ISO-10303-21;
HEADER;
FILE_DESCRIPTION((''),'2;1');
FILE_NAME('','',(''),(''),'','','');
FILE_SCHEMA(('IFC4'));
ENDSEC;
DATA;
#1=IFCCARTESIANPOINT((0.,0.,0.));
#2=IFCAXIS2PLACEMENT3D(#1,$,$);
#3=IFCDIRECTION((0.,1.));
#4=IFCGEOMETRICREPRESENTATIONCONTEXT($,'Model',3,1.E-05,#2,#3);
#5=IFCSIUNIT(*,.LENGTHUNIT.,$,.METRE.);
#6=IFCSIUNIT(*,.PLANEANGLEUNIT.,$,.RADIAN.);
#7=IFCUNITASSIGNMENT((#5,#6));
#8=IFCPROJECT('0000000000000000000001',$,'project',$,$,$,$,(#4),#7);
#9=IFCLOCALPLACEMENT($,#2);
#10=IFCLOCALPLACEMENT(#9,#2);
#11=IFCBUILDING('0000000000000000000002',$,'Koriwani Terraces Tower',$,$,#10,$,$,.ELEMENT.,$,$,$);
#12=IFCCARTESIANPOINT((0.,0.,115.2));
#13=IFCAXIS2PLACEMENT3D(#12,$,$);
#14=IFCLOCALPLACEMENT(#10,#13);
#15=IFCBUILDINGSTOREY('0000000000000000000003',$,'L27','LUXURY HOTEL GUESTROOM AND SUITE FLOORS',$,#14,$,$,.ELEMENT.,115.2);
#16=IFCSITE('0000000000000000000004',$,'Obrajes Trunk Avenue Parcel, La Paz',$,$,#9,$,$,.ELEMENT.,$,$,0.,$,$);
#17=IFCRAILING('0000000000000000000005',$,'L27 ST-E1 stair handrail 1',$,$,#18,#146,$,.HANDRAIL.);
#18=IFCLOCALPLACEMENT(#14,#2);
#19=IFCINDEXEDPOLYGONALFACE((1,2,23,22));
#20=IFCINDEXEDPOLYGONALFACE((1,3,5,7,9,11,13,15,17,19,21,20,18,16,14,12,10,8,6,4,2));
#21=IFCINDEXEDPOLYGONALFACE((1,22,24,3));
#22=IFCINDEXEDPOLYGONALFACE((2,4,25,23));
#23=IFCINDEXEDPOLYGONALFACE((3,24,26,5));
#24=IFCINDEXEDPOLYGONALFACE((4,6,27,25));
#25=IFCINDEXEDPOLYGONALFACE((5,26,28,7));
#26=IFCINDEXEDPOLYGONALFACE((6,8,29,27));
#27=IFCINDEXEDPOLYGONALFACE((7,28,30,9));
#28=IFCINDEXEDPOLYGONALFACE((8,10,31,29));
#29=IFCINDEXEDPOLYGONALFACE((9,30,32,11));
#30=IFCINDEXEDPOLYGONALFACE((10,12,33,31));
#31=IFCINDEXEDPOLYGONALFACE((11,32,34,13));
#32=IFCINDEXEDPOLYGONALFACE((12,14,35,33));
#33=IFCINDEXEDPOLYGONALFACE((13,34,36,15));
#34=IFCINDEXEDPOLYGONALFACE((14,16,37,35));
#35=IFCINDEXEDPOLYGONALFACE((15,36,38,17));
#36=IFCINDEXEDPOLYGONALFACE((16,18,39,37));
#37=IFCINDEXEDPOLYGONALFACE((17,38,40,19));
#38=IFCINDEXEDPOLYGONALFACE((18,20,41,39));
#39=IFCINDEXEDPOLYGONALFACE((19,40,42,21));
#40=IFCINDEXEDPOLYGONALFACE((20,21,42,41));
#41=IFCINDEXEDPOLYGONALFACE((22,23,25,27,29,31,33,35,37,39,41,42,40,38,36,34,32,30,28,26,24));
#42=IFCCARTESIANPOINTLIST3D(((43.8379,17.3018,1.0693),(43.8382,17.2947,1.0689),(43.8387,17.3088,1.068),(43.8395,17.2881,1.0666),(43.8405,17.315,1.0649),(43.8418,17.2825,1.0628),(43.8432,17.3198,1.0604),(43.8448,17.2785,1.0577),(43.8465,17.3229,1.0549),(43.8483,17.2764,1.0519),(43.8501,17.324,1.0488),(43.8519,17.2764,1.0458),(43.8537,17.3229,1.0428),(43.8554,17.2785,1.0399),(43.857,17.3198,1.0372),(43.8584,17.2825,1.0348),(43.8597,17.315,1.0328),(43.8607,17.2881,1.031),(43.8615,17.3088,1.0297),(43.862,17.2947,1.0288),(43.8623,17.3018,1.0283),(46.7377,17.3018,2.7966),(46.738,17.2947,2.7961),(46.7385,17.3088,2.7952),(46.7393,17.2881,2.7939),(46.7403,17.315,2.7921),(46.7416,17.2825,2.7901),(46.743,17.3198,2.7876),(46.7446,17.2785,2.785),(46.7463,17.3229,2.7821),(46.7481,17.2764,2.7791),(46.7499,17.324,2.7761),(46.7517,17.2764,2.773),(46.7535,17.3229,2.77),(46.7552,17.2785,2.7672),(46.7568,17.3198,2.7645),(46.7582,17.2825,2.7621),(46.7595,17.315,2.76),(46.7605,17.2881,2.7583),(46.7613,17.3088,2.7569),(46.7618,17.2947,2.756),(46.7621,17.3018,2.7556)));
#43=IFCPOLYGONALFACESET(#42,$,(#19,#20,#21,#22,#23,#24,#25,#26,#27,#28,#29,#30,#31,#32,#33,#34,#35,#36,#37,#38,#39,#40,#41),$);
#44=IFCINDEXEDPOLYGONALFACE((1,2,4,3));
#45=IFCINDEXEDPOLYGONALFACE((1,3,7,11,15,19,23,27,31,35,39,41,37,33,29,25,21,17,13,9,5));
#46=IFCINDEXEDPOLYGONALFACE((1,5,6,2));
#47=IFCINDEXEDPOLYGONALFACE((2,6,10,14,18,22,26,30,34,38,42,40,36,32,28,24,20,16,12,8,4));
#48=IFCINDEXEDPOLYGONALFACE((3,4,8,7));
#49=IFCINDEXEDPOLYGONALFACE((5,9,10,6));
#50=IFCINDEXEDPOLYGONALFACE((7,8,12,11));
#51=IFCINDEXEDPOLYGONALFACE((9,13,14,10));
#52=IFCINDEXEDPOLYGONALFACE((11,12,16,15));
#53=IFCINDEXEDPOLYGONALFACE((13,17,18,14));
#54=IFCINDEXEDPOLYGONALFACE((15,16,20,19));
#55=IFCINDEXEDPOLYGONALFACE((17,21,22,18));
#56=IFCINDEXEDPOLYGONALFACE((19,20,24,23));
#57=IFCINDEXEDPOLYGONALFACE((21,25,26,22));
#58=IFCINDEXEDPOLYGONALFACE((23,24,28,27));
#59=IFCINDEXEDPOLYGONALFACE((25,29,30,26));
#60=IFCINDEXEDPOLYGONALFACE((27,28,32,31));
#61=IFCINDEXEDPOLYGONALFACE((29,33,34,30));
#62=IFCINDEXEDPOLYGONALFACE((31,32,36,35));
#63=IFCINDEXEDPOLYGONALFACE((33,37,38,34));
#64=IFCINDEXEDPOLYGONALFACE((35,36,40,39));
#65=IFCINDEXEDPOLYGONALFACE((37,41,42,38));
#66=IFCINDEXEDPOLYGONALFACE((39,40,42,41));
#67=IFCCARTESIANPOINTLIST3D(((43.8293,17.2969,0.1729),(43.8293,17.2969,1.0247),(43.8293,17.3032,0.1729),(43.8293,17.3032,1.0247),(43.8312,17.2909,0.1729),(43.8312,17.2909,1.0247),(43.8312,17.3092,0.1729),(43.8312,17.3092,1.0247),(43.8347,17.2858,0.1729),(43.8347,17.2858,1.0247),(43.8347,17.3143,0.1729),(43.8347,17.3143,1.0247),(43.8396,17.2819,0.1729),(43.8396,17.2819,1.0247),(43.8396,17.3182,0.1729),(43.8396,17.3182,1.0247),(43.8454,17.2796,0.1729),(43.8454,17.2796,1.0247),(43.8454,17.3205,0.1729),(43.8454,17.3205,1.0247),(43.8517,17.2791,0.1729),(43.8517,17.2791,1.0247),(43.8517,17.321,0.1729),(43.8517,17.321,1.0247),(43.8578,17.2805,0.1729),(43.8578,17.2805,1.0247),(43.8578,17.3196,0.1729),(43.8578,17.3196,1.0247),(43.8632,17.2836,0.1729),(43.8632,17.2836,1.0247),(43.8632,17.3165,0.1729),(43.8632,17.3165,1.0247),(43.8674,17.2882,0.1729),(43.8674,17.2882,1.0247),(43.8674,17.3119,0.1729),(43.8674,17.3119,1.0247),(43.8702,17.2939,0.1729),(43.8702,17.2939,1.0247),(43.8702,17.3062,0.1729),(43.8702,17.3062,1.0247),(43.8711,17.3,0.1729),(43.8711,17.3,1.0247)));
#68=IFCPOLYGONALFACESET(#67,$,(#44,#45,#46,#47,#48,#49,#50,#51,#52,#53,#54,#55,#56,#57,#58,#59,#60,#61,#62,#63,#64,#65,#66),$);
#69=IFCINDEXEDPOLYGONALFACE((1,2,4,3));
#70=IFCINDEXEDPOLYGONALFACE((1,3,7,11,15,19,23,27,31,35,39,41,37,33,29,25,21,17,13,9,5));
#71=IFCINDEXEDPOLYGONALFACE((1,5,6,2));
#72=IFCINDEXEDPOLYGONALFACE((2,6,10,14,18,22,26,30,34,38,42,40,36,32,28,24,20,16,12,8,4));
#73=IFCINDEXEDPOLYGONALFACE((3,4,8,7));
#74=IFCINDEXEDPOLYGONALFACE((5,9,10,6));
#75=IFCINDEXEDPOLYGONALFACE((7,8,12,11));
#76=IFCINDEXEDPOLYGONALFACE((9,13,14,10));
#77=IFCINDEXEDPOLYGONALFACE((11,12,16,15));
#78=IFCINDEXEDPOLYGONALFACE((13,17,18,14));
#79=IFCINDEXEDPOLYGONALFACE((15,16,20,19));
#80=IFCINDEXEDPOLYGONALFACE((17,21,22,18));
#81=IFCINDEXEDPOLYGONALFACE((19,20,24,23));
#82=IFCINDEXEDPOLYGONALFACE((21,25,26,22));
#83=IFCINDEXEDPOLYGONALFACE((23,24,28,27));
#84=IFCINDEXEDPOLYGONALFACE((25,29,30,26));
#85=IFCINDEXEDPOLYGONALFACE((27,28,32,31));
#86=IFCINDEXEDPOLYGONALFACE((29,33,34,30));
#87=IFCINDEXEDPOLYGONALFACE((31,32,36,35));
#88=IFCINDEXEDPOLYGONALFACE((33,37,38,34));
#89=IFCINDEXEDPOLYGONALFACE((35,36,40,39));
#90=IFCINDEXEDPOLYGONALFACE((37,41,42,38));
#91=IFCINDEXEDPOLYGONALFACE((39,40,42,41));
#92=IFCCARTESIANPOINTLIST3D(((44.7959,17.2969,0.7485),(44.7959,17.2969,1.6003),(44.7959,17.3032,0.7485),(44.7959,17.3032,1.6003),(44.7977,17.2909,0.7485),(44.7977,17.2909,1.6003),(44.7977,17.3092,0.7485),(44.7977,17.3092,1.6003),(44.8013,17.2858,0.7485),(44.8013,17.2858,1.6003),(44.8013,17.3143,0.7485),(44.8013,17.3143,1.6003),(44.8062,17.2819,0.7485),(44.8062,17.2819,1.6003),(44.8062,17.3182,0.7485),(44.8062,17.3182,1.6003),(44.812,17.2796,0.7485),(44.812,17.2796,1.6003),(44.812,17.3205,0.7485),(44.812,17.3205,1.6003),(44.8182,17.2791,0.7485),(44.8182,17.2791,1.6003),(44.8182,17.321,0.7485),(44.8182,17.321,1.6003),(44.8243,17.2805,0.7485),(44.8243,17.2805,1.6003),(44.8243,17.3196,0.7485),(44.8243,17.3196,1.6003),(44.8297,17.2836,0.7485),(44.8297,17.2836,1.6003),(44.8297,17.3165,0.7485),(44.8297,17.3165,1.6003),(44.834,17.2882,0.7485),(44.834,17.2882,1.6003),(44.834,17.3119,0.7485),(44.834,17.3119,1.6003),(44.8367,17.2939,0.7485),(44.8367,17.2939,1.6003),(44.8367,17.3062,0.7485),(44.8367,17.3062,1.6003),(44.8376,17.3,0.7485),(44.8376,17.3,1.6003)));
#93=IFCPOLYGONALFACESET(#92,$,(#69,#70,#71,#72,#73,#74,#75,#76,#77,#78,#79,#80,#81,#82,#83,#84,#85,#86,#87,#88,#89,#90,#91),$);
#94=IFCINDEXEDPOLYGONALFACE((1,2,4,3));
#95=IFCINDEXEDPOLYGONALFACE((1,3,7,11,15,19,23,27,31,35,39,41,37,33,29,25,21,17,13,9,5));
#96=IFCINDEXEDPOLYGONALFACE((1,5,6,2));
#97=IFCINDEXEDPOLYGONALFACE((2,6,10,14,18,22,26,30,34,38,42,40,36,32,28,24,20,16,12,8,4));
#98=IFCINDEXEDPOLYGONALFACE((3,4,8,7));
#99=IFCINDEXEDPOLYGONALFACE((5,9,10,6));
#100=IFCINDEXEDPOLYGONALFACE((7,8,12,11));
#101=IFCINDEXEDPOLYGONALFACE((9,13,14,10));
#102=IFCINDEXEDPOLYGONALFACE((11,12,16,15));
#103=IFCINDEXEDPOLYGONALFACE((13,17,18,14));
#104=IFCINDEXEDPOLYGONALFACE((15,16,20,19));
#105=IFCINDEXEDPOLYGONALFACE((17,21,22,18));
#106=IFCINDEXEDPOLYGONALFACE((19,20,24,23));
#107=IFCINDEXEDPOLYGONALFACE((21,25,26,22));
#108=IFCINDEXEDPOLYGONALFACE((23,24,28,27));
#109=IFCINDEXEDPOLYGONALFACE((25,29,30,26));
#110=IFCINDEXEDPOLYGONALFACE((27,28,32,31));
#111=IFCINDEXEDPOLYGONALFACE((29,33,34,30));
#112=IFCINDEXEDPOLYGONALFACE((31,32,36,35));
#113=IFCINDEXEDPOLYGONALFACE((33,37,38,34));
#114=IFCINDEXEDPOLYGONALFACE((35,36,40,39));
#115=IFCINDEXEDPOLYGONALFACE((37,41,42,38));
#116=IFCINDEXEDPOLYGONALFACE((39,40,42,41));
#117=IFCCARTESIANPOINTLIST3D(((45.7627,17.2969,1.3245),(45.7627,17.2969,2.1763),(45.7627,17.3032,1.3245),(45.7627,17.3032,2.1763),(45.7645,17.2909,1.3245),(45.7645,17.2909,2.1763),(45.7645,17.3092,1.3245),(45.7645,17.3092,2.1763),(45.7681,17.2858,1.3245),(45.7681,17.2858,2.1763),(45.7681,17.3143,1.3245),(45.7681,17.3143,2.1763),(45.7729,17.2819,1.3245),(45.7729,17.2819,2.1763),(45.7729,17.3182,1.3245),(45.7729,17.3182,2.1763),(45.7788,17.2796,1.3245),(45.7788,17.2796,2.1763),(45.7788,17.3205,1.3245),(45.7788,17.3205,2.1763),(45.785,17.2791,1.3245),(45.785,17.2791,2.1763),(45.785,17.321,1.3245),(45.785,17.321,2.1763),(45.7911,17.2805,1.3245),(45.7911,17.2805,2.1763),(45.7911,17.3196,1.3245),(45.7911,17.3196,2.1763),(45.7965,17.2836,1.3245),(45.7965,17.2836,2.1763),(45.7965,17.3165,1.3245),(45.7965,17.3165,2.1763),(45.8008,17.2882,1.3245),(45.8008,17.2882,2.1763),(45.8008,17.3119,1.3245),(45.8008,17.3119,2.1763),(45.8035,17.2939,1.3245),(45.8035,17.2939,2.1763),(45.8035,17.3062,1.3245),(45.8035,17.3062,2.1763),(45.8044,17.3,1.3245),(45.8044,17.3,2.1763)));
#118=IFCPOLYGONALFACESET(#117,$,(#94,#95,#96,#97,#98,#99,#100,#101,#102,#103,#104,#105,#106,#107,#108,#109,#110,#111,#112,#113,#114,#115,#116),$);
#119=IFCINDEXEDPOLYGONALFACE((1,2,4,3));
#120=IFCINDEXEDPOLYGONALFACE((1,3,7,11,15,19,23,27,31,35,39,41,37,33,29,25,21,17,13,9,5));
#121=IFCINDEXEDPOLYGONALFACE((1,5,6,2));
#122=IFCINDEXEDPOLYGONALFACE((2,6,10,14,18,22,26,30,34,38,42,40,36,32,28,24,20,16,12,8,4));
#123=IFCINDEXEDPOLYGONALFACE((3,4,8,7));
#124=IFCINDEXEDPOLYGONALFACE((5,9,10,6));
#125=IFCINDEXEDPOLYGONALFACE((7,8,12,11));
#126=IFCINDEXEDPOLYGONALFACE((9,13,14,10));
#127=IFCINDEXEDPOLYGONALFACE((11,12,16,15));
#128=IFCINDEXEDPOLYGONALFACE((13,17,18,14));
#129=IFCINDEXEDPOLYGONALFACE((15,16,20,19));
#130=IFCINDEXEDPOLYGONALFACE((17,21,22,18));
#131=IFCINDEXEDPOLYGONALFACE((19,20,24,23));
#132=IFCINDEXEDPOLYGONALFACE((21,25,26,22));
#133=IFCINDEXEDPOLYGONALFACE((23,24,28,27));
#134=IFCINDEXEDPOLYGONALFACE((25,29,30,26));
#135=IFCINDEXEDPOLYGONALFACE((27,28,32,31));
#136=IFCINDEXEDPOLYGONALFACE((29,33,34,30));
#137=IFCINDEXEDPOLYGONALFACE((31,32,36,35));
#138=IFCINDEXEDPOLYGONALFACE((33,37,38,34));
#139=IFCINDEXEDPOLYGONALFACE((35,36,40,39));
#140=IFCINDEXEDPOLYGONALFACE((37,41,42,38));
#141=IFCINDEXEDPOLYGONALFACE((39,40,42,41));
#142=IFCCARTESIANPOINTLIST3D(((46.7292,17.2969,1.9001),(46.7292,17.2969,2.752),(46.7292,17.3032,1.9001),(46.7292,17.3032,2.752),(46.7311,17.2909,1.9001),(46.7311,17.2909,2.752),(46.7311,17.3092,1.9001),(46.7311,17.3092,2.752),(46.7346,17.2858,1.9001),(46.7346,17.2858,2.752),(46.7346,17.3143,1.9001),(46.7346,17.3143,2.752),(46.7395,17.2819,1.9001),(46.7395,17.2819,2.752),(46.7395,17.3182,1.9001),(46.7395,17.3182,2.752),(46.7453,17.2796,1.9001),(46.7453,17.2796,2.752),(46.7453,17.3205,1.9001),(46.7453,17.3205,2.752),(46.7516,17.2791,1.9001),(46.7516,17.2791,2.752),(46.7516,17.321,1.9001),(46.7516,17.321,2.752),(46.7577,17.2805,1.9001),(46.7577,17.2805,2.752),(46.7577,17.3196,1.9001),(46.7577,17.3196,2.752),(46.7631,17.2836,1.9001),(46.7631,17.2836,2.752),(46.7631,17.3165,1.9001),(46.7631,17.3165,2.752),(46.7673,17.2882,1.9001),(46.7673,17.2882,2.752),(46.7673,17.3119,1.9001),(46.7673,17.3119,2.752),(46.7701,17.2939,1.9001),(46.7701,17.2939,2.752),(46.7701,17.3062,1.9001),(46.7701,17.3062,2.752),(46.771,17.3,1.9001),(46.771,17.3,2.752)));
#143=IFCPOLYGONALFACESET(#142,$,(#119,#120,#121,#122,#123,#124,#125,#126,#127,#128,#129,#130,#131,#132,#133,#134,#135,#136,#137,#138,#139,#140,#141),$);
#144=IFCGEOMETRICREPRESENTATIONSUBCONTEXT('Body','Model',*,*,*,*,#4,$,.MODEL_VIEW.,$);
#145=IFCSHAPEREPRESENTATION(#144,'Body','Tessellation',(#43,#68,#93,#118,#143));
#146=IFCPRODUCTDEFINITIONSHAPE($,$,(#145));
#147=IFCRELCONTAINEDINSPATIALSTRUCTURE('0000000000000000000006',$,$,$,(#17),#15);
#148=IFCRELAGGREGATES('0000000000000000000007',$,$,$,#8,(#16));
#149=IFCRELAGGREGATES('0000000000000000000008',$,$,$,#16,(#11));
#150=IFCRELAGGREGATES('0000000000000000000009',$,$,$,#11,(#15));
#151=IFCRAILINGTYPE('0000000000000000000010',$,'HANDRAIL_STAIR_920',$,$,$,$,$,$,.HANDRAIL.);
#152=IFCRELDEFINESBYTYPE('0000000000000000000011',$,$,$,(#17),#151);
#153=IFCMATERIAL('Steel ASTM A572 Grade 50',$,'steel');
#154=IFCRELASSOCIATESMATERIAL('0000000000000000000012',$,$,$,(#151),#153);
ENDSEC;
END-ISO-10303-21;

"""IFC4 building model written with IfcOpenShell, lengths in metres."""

from ifc_helpers import new_model, si_unit, direction, frame, origin, origin_2d, place, context, subcontext, project, spatial, circle, extrude, material, type_object, element, save


model = new_model("IFC4")

# Units and contexts
model_context = context("Model", 3, precision=1e-05, world=origin(), true_north=direction((0.0, 1.0)))
body_context = subcontext(model_context, "Body", "Model", "MODEL_VIEW")
ifc_project = project(units=[si_unit("LENGTHUNIT", "METRE"), si_unit("PLANEANGLEUNIT", "RADIAN")], contexts=[model_context])

# Site, building, storey
site_placement = place(None, origin())
site = spatial("IfcSite", under=ifc_project, at=site_placement, Name="Obrajes Trunk Avenue Parcel, La Paz", CompositionType="ELEMENT", RefElevation=0.0)
building_placement = place(site_placement, origin())
building = spatial("IfcBuilding", under=site, at=building_placement, Name="Koriwani Terraces Tower", CompositionType="ELEMENT")
storey_placement = place(building_placement, frame((0.0, 0.0, 115.2)))
storey = spatial("IfcBuildingStorey", under=building, at=storey_placement, Name="L27", Description="LUXURY HOTEL GUESTROOM AND SUITE FLOORS", CompositionType="ELEMENT", Elevation=115.2)

# Shared definitions
ifc_material_1 = material(Name="Steel ASTM A572 Grade 50", Category="steel")

# Railing
railing_type_1 = type_object("IfcRailingType", Name="HANDRAIL_STAIR_920", PredefinedType="HANDRAIL", material=ifc_material_1)
for number, where, name in (
    (1, (43.8501, 17.3, 0.1729), "L27 ST-E1 stair handrail 1"),
):
    element("IfcRailing", number, at=place(storey_placement, frame(where)), inside=storey, type_object=railing_type_1, Name=name, PredefinedType="HANDRAIL", context=body_context, shape_type="SweptSolid", body=[
        extrude(circle(Radius=0.0239, at=origin_2d()), frame((0.0, 0.0, 0.876), z_axis=(0.859141, 0.0, 0.511738), x_axis=(0.0, 1.0, 0.0)), (0.0, 0.0, 1.0), 3.3752),
        extrude(circle(Radius=0.021, at=origin_2d()), origin(), (0.0, 0.0, 1.0), 0.8518),
        extrude(circle(Radius=0.021, at=origin_2d()), frame((0.9666, 0.0, 0.5757)), (0.0, 0.0, 1.0), 0.8518),
        extrude(circle(Radius=0.021, at=origin_2d()), frame((1.9333, 0.0, 1.1516)), (0.0, 0.0, 1.0), 0.8518),
        extrude(circle(Radius=0.021, at=origin_2d()), frame((2.8999, 0.0, 1.7273)), (0.0, 0.0, 1.0), 0.8518),
    ])

save(model, "model.ifc")
